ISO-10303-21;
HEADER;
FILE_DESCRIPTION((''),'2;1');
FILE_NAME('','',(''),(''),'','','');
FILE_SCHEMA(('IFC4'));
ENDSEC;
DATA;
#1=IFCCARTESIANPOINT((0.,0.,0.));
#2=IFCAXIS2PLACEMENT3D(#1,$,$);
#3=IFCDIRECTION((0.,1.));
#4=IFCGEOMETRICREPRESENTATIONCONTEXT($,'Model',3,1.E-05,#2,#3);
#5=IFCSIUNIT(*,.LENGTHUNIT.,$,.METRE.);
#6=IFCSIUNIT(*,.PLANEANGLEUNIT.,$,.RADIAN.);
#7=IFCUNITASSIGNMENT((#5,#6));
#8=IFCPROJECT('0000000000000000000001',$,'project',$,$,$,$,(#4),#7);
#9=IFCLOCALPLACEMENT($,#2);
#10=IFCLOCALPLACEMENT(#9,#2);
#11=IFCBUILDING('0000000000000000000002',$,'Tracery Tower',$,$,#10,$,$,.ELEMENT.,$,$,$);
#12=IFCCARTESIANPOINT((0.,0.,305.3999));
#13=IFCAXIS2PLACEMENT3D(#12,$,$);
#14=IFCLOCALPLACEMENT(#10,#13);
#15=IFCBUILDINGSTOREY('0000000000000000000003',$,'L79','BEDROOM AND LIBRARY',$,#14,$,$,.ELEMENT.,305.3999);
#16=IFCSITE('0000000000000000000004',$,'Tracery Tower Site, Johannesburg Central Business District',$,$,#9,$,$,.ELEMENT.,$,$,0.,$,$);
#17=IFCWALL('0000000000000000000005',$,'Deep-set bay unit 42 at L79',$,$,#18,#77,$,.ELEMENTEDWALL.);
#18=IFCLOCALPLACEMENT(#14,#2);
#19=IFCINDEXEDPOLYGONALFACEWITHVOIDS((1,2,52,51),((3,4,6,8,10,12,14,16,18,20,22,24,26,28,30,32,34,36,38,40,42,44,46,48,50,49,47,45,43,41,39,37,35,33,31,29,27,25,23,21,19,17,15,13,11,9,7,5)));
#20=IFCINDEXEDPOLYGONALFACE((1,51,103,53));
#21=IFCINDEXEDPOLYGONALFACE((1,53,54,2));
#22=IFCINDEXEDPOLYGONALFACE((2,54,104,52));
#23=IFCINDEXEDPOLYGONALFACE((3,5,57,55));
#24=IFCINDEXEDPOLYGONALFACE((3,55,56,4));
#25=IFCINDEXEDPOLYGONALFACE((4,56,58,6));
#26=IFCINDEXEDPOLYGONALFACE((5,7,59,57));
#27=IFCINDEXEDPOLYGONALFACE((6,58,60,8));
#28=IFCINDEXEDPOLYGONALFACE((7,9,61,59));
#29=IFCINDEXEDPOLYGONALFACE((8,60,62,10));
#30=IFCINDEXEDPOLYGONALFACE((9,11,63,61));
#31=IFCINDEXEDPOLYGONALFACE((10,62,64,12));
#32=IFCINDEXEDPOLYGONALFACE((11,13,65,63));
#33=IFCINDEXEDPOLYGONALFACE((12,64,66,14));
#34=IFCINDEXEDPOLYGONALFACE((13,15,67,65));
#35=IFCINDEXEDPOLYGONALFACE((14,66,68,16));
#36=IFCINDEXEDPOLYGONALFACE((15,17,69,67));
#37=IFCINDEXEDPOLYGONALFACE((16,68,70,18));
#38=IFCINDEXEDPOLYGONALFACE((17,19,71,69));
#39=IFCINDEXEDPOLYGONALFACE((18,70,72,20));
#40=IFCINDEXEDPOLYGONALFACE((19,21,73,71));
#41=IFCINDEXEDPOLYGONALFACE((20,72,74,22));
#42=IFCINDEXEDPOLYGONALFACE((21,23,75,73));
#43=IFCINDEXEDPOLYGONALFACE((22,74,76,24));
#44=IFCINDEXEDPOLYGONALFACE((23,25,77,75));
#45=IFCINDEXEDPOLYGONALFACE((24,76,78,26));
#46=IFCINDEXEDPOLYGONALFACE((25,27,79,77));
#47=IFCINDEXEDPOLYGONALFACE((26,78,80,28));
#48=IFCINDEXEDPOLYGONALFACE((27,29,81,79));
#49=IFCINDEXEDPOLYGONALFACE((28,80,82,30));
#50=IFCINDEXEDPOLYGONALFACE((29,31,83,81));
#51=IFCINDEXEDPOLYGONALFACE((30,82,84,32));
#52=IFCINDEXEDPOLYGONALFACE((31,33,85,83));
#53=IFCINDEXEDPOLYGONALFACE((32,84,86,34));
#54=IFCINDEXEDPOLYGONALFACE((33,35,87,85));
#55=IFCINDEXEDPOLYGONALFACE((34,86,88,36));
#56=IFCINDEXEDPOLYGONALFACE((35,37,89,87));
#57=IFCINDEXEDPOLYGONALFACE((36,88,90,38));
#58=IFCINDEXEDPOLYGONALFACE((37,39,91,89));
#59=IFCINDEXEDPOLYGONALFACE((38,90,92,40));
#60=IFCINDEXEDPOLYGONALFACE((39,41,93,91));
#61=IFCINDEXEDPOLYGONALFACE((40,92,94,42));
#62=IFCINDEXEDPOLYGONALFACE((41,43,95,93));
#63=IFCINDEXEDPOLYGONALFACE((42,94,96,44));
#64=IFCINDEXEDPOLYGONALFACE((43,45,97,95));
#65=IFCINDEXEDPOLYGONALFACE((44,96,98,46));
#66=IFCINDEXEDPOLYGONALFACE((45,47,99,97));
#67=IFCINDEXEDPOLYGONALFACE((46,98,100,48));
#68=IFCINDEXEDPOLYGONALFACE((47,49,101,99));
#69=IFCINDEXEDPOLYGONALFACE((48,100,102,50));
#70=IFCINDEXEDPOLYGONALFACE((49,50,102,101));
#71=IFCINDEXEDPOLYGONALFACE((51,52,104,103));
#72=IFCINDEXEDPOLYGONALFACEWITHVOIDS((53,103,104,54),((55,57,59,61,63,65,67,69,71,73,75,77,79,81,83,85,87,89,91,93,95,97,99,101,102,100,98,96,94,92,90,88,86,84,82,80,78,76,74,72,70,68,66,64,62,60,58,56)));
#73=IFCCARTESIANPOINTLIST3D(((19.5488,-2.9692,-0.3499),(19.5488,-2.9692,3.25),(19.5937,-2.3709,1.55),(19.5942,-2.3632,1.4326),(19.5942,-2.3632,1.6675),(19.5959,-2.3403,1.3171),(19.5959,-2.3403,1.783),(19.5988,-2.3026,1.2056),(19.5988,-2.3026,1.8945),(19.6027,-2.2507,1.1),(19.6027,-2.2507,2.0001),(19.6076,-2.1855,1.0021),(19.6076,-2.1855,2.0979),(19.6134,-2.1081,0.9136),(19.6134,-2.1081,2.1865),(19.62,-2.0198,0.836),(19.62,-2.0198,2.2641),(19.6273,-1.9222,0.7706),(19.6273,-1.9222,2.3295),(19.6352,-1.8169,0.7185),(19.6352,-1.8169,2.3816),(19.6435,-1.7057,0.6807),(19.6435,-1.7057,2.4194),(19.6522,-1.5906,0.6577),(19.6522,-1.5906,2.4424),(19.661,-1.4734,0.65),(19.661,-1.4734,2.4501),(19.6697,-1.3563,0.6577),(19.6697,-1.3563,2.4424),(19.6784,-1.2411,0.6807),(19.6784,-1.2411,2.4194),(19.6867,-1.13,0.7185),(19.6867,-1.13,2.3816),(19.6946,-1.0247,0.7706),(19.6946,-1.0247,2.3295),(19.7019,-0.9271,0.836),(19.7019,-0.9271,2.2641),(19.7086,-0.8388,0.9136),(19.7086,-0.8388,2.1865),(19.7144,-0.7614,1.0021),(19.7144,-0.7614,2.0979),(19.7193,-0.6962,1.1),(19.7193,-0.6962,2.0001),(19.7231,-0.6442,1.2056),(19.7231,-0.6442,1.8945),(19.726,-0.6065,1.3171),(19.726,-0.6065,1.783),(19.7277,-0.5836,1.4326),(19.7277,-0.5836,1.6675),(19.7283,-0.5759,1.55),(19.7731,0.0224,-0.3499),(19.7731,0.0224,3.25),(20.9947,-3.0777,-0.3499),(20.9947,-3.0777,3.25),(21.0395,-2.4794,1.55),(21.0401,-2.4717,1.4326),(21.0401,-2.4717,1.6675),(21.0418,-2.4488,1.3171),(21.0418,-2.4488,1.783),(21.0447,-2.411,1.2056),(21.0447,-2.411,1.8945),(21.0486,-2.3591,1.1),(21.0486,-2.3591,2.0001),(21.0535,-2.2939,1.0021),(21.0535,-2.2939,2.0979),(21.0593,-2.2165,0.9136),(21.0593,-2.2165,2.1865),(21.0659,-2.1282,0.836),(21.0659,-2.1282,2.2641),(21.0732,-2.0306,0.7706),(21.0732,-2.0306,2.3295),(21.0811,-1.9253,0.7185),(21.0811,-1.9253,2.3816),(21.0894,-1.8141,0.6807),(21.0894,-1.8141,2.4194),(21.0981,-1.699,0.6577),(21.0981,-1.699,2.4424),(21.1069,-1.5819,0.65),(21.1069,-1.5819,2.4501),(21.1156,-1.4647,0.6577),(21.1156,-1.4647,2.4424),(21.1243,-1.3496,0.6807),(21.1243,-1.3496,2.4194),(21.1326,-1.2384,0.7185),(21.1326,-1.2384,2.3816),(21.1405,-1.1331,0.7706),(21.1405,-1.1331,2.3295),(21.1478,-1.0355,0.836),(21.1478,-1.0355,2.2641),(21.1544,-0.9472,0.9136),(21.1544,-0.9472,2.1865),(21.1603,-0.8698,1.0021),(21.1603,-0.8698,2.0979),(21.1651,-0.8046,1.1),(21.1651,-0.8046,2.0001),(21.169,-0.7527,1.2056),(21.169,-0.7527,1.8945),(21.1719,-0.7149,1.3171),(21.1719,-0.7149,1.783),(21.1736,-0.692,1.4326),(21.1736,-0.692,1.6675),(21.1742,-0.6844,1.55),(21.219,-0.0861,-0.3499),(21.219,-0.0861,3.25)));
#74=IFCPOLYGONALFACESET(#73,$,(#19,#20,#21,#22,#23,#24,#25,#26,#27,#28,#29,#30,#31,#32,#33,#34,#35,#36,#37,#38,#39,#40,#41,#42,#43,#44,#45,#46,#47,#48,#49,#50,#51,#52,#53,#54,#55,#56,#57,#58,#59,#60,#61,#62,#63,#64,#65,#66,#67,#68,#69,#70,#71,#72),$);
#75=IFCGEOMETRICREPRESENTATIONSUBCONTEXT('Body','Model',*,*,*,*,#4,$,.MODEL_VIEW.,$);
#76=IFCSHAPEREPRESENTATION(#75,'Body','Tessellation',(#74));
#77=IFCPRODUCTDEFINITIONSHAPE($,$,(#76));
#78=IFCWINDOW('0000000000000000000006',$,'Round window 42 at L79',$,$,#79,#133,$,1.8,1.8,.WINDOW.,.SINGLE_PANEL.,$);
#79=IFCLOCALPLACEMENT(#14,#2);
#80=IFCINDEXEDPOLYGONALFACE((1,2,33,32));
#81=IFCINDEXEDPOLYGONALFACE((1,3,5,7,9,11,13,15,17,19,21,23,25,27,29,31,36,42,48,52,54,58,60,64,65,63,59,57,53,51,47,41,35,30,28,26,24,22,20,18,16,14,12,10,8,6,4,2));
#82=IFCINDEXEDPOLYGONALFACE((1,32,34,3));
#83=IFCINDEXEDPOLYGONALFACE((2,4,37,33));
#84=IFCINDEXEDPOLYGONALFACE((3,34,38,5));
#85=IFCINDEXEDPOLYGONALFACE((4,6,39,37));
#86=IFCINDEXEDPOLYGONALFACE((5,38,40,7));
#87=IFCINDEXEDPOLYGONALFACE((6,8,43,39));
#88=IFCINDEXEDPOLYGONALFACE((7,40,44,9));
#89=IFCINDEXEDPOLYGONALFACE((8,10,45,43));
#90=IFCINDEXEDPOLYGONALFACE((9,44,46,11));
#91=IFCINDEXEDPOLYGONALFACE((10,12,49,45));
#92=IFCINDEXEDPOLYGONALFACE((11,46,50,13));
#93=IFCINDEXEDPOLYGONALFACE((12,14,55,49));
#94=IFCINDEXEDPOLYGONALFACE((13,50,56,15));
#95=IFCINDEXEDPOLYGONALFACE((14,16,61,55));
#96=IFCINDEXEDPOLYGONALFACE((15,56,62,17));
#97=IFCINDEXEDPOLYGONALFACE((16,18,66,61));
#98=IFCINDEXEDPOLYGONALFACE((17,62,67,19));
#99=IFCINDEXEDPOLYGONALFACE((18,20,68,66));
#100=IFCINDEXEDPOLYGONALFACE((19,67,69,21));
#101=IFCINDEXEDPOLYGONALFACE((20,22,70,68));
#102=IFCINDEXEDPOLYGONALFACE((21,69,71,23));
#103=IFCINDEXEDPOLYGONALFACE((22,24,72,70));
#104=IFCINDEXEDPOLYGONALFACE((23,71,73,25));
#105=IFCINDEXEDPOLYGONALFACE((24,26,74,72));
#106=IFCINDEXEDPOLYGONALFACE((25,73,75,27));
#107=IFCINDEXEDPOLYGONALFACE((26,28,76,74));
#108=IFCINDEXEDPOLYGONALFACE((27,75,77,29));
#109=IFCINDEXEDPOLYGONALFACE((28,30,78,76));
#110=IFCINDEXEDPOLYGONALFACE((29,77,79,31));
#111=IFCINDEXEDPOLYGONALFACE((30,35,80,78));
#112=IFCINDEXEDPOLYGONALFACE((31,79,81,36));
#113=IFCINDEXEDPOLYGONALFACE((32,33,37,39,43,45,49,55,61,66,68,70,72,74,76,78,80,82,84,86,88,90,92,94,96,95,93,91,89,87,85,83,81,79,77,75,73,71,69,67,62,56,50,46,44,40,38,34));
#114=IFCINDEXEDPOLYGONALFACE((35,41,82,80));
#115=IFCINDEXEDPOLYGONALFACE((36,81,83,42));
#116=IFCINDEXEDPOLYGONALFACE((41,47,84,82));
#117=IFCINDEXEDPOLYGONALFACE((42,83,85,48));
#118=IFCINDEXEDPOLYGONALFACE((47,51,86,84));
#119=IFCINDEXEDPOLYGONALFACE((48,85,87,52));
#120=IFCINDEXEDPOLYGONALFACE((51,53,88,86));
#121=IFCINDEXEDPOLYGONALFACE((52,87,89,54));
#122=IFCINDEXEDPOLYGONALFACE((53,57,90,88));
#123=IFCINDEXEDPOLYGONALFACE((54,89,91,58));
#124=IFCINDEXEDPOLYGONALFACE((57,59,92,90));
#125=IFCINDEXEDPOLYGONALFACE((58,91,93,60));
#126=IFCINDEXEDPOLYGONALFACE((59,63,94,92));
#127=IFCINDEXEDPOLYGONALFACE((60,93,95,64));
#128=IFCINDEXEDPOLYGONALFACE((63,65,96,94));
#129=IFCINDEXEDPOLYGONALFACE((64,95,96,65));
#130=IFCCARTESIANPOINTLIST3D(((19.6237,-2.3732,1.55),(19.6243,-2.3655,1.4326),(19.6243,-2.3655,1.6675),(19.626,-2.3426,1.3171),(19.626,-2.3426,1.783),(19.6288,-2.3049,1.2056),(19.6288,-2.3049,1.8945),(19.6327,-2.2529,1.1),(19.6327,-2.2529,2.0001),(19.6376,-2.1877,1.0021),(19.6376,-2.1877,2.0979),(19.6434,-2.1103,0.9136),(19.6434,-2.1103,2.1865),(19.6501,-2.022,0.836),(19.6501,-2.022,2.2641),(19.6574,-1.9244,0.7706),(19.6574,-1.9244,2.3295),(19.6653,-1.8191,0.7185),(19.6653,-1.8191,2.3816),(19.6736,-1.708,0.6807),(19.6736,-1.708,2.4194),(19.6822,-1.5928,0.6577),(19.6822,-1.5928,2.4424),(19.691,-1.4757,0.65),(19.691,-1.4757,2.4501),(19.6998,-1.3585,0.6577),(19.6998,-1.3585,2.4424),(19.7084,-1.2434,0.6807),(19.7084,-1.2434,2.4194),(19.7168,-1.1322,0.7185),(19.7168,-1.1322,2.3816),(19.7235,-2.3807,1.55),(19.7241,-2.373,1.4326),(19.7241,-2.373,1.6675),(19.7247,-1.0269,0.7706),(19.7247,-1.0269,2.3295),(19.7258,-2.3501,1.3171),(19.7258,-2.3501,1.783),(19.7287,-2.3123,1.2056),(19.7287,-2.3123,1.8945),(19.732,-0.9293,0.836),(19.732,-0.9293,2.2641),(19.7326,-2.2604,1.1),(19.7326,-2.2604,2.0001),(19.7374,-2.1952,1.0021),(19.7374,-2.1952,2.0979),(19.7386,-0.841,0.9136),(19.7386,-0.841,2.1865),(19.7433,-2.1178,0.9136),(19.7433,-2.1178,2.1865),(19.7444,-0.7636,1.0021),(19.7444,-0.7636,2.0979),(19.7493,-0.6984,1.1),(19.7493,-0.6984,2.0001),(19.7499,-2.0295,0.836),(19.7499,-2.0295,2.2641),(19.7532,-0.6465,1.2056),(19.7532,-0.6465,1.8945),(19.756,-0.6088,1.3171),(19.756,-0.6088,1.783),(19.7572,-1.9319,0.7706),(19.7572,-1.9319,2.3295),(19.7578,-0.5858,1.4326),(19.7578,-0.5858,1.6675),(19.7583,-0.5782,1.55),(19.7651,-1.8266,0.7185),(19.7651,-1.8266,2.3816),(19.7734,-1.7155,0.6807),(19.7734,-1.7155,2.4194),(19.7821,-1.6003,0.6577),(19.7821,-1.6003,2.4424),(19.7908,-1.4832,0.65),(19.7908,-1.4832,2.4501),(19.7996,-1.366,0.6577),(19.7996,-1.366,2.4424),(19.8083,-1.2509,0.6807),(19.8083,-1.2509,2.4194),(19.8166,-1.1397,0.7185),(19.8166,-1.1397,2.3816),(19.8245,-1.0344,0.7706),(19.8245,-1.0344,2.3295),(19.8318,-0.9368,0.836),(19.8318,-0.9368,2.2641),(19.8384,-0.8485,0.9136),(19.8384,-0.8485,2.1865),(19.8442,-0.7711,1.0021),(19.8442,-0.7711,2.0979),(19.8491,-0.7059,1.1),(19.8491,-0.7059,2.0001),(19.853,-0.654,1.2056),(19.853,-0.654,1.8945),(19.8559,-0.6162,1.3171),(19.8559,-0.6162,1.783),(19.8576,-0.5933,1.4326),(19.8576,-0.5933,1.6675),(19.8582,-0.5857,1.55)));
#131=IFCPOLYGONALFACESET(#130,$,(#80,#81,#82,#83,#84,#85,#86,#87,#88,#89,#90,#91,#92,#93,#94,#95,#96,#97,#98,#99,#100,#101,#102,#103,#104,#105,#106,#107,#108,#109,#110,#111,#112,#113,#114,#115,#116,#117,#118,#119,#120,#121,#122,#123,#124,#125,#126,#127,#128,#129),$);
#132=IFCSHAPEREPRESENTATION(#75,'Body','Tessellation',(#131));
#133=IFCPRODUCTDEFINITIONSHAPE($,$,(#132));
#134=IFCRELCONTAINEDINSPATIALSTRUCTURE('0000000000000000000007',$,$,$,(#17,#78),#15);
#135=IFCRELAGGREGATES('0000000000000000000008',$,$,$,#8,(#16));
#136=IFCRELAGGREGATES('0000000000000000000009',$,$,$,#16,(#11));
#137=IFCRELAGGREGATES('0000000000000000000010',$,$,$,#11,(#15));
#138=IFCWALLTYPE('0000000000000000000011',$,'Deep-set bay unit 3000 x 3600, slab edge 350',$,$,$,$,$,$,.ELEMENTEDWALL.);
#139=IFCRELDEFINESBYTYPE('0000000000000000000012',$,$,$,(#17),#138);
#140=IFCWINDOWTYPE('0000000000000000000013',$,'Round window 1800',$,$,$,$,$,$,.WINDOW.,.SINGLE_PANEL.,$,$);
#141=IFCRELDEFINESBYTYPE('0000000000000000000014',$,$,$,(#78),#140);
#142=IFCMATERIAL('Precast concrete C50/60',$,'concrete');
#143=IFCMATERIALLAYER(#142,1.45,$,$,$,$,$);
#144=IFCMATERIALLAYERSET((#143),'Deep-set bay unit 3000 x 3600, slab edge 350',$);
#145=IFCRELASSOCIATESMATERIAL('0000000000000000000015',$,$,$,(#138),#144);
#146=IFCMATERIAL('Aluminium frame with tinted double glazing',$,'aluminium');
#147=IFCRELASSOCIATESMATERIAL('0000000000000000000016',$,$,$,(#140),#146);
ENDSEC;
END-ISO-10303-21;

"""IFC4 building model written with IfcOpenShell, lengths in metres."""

from ifc_helpers import new_model, si_unit, direction, frame, frame_2d, origin, origin_2d, place, context, subcontext, project, spatial, rectangle, circle, extrude, material, layer, layer_set, type_object, element, fill, save


model = new_model("IFC4")

# Units and contexts
model_context = context("Model", 3, precision=1e-05, world=origin(), true_north=direction((0.0, 1.0)))
body_context = subcontext(model_context, "Body", "Model", "MODEL_VIEW")
ifc_project = project(units=[si_unit("LENGTHUNIT", "METRE"), si_unit("PLANEANGLEUNIT", "RADIAN")], contexts=[model_context])

# Site, building, storey
site_placement = place(None, origin())
site = spatial("IfcSite", under=ifc_project, at=site_placement, Name="Tracery Tower Site, Johannesburg Central Business District", CompositionType="ELEMENT", RefElevation=0.0)
building_placement = place(site_placement, origin())
building = spatial("IfcBuilding", under=site, at=building_placement, Name="Tracery Tower", CompositionType="ELEMENT")
storey_placement = place(building_placement, frame((0.0, 0.0, 305.3999)))
storey = spatial("IfcBuildingStorey", under=building, at=storey_placement, Name="L79", Description="BEDROOM AND LIBRARY", CompositionType="ELEMENT", Elevation=305.3999)

# Wall, opening, window
ifc_material_1 = material(Name="Precast concrete C50/60", Category="concrete")
ifc_layer_1 = layer(ifc_material_1, 1.45)
ifc_layer_set_1 = layer_set([ifc_layer_1], Name="Deep-set bay unit 3000 x 3600, slab edge 350")
wall_type_1 = type_object("IfcWallType", Name="Deep-set bay unit 3000 x 3600, slab edge 350", PredefinedType="ELEMENTEDWALL", material=ifc_layer_set_1)
wall_1_placement = place(storey_placement, frame((20.2717, -3.0234, -0.3499), z_axis=(0.0, 0.0, 1.0), x_axis=(0.074786, 0.9972, 0.0)))
wall_1 = element("IfcWall", 1, at=wall_1_placement, inside=storey, type_object=wall_type_1, Name="Deep-set bay unit 42 at L79", PredefinedType="ELEMENTEDWALL", context=body_context, shape_type="SweptSolid", body=[
    extrude(rectangle(XDim=3.0, YDim=1.45, at=frame_2d((1.5, 0.0))), origin(), (0.0, 0.0, 1.0), 3.5999),
])
opening_1_placement = place(wall_1_placement, frame((1.5, 0.0, 1.8999)))
opening_1 = element("IfcOpeningElement", 2, at=opening_1_placement, cuts=wall_1, PredefinedType="OPENING", context=body_context, shape_type="SweptSolid", body=[
    extrude(circle(Radius=0.9, at=origin_2d()), frame((0.0, 0.7349, 0.0), z_axis=(0.0, -1.0, 0.0), x_axis=(1.0, 0.0, 0.0)), (0.0, 0.0, 1.0), 1.47),
])
ifc_material_2 = material(Name="Aluminium frame with tinted double glazing", Category="aluminium")
window_type = type_object("IfcWindowType", Name="Round window 1800", PartitioningType="SINGLE_PANEL", PredefinedType="WINDOW", material=ifc_material_2)
window_1_placement = place(opening_1_placement, origin())
window_1 = element("IfcWindow", 3, at=window_1_placement, inside=storey, type_object=window_type, Name="Round window 42 at L79", OverallHeight=1.8, OverallWidth=1.8, PartitioningType="SINGLE_PANEL", PredefinedType="WINDOW", context=body_context, shape_type="SweptSolid", body=[
    extrude(circle(Radius=0.9, at=origin_2d()), frame((0.0, 0.6948, 0.0), z_axis=(0.0, -1.0, 0.0), x_axis=(1.0, 0.0, 0.0)), (0.0, 0.0, 1.0), 0.1001),
])
fill(opening_1, window_1)

save(model, "model.ifc")
